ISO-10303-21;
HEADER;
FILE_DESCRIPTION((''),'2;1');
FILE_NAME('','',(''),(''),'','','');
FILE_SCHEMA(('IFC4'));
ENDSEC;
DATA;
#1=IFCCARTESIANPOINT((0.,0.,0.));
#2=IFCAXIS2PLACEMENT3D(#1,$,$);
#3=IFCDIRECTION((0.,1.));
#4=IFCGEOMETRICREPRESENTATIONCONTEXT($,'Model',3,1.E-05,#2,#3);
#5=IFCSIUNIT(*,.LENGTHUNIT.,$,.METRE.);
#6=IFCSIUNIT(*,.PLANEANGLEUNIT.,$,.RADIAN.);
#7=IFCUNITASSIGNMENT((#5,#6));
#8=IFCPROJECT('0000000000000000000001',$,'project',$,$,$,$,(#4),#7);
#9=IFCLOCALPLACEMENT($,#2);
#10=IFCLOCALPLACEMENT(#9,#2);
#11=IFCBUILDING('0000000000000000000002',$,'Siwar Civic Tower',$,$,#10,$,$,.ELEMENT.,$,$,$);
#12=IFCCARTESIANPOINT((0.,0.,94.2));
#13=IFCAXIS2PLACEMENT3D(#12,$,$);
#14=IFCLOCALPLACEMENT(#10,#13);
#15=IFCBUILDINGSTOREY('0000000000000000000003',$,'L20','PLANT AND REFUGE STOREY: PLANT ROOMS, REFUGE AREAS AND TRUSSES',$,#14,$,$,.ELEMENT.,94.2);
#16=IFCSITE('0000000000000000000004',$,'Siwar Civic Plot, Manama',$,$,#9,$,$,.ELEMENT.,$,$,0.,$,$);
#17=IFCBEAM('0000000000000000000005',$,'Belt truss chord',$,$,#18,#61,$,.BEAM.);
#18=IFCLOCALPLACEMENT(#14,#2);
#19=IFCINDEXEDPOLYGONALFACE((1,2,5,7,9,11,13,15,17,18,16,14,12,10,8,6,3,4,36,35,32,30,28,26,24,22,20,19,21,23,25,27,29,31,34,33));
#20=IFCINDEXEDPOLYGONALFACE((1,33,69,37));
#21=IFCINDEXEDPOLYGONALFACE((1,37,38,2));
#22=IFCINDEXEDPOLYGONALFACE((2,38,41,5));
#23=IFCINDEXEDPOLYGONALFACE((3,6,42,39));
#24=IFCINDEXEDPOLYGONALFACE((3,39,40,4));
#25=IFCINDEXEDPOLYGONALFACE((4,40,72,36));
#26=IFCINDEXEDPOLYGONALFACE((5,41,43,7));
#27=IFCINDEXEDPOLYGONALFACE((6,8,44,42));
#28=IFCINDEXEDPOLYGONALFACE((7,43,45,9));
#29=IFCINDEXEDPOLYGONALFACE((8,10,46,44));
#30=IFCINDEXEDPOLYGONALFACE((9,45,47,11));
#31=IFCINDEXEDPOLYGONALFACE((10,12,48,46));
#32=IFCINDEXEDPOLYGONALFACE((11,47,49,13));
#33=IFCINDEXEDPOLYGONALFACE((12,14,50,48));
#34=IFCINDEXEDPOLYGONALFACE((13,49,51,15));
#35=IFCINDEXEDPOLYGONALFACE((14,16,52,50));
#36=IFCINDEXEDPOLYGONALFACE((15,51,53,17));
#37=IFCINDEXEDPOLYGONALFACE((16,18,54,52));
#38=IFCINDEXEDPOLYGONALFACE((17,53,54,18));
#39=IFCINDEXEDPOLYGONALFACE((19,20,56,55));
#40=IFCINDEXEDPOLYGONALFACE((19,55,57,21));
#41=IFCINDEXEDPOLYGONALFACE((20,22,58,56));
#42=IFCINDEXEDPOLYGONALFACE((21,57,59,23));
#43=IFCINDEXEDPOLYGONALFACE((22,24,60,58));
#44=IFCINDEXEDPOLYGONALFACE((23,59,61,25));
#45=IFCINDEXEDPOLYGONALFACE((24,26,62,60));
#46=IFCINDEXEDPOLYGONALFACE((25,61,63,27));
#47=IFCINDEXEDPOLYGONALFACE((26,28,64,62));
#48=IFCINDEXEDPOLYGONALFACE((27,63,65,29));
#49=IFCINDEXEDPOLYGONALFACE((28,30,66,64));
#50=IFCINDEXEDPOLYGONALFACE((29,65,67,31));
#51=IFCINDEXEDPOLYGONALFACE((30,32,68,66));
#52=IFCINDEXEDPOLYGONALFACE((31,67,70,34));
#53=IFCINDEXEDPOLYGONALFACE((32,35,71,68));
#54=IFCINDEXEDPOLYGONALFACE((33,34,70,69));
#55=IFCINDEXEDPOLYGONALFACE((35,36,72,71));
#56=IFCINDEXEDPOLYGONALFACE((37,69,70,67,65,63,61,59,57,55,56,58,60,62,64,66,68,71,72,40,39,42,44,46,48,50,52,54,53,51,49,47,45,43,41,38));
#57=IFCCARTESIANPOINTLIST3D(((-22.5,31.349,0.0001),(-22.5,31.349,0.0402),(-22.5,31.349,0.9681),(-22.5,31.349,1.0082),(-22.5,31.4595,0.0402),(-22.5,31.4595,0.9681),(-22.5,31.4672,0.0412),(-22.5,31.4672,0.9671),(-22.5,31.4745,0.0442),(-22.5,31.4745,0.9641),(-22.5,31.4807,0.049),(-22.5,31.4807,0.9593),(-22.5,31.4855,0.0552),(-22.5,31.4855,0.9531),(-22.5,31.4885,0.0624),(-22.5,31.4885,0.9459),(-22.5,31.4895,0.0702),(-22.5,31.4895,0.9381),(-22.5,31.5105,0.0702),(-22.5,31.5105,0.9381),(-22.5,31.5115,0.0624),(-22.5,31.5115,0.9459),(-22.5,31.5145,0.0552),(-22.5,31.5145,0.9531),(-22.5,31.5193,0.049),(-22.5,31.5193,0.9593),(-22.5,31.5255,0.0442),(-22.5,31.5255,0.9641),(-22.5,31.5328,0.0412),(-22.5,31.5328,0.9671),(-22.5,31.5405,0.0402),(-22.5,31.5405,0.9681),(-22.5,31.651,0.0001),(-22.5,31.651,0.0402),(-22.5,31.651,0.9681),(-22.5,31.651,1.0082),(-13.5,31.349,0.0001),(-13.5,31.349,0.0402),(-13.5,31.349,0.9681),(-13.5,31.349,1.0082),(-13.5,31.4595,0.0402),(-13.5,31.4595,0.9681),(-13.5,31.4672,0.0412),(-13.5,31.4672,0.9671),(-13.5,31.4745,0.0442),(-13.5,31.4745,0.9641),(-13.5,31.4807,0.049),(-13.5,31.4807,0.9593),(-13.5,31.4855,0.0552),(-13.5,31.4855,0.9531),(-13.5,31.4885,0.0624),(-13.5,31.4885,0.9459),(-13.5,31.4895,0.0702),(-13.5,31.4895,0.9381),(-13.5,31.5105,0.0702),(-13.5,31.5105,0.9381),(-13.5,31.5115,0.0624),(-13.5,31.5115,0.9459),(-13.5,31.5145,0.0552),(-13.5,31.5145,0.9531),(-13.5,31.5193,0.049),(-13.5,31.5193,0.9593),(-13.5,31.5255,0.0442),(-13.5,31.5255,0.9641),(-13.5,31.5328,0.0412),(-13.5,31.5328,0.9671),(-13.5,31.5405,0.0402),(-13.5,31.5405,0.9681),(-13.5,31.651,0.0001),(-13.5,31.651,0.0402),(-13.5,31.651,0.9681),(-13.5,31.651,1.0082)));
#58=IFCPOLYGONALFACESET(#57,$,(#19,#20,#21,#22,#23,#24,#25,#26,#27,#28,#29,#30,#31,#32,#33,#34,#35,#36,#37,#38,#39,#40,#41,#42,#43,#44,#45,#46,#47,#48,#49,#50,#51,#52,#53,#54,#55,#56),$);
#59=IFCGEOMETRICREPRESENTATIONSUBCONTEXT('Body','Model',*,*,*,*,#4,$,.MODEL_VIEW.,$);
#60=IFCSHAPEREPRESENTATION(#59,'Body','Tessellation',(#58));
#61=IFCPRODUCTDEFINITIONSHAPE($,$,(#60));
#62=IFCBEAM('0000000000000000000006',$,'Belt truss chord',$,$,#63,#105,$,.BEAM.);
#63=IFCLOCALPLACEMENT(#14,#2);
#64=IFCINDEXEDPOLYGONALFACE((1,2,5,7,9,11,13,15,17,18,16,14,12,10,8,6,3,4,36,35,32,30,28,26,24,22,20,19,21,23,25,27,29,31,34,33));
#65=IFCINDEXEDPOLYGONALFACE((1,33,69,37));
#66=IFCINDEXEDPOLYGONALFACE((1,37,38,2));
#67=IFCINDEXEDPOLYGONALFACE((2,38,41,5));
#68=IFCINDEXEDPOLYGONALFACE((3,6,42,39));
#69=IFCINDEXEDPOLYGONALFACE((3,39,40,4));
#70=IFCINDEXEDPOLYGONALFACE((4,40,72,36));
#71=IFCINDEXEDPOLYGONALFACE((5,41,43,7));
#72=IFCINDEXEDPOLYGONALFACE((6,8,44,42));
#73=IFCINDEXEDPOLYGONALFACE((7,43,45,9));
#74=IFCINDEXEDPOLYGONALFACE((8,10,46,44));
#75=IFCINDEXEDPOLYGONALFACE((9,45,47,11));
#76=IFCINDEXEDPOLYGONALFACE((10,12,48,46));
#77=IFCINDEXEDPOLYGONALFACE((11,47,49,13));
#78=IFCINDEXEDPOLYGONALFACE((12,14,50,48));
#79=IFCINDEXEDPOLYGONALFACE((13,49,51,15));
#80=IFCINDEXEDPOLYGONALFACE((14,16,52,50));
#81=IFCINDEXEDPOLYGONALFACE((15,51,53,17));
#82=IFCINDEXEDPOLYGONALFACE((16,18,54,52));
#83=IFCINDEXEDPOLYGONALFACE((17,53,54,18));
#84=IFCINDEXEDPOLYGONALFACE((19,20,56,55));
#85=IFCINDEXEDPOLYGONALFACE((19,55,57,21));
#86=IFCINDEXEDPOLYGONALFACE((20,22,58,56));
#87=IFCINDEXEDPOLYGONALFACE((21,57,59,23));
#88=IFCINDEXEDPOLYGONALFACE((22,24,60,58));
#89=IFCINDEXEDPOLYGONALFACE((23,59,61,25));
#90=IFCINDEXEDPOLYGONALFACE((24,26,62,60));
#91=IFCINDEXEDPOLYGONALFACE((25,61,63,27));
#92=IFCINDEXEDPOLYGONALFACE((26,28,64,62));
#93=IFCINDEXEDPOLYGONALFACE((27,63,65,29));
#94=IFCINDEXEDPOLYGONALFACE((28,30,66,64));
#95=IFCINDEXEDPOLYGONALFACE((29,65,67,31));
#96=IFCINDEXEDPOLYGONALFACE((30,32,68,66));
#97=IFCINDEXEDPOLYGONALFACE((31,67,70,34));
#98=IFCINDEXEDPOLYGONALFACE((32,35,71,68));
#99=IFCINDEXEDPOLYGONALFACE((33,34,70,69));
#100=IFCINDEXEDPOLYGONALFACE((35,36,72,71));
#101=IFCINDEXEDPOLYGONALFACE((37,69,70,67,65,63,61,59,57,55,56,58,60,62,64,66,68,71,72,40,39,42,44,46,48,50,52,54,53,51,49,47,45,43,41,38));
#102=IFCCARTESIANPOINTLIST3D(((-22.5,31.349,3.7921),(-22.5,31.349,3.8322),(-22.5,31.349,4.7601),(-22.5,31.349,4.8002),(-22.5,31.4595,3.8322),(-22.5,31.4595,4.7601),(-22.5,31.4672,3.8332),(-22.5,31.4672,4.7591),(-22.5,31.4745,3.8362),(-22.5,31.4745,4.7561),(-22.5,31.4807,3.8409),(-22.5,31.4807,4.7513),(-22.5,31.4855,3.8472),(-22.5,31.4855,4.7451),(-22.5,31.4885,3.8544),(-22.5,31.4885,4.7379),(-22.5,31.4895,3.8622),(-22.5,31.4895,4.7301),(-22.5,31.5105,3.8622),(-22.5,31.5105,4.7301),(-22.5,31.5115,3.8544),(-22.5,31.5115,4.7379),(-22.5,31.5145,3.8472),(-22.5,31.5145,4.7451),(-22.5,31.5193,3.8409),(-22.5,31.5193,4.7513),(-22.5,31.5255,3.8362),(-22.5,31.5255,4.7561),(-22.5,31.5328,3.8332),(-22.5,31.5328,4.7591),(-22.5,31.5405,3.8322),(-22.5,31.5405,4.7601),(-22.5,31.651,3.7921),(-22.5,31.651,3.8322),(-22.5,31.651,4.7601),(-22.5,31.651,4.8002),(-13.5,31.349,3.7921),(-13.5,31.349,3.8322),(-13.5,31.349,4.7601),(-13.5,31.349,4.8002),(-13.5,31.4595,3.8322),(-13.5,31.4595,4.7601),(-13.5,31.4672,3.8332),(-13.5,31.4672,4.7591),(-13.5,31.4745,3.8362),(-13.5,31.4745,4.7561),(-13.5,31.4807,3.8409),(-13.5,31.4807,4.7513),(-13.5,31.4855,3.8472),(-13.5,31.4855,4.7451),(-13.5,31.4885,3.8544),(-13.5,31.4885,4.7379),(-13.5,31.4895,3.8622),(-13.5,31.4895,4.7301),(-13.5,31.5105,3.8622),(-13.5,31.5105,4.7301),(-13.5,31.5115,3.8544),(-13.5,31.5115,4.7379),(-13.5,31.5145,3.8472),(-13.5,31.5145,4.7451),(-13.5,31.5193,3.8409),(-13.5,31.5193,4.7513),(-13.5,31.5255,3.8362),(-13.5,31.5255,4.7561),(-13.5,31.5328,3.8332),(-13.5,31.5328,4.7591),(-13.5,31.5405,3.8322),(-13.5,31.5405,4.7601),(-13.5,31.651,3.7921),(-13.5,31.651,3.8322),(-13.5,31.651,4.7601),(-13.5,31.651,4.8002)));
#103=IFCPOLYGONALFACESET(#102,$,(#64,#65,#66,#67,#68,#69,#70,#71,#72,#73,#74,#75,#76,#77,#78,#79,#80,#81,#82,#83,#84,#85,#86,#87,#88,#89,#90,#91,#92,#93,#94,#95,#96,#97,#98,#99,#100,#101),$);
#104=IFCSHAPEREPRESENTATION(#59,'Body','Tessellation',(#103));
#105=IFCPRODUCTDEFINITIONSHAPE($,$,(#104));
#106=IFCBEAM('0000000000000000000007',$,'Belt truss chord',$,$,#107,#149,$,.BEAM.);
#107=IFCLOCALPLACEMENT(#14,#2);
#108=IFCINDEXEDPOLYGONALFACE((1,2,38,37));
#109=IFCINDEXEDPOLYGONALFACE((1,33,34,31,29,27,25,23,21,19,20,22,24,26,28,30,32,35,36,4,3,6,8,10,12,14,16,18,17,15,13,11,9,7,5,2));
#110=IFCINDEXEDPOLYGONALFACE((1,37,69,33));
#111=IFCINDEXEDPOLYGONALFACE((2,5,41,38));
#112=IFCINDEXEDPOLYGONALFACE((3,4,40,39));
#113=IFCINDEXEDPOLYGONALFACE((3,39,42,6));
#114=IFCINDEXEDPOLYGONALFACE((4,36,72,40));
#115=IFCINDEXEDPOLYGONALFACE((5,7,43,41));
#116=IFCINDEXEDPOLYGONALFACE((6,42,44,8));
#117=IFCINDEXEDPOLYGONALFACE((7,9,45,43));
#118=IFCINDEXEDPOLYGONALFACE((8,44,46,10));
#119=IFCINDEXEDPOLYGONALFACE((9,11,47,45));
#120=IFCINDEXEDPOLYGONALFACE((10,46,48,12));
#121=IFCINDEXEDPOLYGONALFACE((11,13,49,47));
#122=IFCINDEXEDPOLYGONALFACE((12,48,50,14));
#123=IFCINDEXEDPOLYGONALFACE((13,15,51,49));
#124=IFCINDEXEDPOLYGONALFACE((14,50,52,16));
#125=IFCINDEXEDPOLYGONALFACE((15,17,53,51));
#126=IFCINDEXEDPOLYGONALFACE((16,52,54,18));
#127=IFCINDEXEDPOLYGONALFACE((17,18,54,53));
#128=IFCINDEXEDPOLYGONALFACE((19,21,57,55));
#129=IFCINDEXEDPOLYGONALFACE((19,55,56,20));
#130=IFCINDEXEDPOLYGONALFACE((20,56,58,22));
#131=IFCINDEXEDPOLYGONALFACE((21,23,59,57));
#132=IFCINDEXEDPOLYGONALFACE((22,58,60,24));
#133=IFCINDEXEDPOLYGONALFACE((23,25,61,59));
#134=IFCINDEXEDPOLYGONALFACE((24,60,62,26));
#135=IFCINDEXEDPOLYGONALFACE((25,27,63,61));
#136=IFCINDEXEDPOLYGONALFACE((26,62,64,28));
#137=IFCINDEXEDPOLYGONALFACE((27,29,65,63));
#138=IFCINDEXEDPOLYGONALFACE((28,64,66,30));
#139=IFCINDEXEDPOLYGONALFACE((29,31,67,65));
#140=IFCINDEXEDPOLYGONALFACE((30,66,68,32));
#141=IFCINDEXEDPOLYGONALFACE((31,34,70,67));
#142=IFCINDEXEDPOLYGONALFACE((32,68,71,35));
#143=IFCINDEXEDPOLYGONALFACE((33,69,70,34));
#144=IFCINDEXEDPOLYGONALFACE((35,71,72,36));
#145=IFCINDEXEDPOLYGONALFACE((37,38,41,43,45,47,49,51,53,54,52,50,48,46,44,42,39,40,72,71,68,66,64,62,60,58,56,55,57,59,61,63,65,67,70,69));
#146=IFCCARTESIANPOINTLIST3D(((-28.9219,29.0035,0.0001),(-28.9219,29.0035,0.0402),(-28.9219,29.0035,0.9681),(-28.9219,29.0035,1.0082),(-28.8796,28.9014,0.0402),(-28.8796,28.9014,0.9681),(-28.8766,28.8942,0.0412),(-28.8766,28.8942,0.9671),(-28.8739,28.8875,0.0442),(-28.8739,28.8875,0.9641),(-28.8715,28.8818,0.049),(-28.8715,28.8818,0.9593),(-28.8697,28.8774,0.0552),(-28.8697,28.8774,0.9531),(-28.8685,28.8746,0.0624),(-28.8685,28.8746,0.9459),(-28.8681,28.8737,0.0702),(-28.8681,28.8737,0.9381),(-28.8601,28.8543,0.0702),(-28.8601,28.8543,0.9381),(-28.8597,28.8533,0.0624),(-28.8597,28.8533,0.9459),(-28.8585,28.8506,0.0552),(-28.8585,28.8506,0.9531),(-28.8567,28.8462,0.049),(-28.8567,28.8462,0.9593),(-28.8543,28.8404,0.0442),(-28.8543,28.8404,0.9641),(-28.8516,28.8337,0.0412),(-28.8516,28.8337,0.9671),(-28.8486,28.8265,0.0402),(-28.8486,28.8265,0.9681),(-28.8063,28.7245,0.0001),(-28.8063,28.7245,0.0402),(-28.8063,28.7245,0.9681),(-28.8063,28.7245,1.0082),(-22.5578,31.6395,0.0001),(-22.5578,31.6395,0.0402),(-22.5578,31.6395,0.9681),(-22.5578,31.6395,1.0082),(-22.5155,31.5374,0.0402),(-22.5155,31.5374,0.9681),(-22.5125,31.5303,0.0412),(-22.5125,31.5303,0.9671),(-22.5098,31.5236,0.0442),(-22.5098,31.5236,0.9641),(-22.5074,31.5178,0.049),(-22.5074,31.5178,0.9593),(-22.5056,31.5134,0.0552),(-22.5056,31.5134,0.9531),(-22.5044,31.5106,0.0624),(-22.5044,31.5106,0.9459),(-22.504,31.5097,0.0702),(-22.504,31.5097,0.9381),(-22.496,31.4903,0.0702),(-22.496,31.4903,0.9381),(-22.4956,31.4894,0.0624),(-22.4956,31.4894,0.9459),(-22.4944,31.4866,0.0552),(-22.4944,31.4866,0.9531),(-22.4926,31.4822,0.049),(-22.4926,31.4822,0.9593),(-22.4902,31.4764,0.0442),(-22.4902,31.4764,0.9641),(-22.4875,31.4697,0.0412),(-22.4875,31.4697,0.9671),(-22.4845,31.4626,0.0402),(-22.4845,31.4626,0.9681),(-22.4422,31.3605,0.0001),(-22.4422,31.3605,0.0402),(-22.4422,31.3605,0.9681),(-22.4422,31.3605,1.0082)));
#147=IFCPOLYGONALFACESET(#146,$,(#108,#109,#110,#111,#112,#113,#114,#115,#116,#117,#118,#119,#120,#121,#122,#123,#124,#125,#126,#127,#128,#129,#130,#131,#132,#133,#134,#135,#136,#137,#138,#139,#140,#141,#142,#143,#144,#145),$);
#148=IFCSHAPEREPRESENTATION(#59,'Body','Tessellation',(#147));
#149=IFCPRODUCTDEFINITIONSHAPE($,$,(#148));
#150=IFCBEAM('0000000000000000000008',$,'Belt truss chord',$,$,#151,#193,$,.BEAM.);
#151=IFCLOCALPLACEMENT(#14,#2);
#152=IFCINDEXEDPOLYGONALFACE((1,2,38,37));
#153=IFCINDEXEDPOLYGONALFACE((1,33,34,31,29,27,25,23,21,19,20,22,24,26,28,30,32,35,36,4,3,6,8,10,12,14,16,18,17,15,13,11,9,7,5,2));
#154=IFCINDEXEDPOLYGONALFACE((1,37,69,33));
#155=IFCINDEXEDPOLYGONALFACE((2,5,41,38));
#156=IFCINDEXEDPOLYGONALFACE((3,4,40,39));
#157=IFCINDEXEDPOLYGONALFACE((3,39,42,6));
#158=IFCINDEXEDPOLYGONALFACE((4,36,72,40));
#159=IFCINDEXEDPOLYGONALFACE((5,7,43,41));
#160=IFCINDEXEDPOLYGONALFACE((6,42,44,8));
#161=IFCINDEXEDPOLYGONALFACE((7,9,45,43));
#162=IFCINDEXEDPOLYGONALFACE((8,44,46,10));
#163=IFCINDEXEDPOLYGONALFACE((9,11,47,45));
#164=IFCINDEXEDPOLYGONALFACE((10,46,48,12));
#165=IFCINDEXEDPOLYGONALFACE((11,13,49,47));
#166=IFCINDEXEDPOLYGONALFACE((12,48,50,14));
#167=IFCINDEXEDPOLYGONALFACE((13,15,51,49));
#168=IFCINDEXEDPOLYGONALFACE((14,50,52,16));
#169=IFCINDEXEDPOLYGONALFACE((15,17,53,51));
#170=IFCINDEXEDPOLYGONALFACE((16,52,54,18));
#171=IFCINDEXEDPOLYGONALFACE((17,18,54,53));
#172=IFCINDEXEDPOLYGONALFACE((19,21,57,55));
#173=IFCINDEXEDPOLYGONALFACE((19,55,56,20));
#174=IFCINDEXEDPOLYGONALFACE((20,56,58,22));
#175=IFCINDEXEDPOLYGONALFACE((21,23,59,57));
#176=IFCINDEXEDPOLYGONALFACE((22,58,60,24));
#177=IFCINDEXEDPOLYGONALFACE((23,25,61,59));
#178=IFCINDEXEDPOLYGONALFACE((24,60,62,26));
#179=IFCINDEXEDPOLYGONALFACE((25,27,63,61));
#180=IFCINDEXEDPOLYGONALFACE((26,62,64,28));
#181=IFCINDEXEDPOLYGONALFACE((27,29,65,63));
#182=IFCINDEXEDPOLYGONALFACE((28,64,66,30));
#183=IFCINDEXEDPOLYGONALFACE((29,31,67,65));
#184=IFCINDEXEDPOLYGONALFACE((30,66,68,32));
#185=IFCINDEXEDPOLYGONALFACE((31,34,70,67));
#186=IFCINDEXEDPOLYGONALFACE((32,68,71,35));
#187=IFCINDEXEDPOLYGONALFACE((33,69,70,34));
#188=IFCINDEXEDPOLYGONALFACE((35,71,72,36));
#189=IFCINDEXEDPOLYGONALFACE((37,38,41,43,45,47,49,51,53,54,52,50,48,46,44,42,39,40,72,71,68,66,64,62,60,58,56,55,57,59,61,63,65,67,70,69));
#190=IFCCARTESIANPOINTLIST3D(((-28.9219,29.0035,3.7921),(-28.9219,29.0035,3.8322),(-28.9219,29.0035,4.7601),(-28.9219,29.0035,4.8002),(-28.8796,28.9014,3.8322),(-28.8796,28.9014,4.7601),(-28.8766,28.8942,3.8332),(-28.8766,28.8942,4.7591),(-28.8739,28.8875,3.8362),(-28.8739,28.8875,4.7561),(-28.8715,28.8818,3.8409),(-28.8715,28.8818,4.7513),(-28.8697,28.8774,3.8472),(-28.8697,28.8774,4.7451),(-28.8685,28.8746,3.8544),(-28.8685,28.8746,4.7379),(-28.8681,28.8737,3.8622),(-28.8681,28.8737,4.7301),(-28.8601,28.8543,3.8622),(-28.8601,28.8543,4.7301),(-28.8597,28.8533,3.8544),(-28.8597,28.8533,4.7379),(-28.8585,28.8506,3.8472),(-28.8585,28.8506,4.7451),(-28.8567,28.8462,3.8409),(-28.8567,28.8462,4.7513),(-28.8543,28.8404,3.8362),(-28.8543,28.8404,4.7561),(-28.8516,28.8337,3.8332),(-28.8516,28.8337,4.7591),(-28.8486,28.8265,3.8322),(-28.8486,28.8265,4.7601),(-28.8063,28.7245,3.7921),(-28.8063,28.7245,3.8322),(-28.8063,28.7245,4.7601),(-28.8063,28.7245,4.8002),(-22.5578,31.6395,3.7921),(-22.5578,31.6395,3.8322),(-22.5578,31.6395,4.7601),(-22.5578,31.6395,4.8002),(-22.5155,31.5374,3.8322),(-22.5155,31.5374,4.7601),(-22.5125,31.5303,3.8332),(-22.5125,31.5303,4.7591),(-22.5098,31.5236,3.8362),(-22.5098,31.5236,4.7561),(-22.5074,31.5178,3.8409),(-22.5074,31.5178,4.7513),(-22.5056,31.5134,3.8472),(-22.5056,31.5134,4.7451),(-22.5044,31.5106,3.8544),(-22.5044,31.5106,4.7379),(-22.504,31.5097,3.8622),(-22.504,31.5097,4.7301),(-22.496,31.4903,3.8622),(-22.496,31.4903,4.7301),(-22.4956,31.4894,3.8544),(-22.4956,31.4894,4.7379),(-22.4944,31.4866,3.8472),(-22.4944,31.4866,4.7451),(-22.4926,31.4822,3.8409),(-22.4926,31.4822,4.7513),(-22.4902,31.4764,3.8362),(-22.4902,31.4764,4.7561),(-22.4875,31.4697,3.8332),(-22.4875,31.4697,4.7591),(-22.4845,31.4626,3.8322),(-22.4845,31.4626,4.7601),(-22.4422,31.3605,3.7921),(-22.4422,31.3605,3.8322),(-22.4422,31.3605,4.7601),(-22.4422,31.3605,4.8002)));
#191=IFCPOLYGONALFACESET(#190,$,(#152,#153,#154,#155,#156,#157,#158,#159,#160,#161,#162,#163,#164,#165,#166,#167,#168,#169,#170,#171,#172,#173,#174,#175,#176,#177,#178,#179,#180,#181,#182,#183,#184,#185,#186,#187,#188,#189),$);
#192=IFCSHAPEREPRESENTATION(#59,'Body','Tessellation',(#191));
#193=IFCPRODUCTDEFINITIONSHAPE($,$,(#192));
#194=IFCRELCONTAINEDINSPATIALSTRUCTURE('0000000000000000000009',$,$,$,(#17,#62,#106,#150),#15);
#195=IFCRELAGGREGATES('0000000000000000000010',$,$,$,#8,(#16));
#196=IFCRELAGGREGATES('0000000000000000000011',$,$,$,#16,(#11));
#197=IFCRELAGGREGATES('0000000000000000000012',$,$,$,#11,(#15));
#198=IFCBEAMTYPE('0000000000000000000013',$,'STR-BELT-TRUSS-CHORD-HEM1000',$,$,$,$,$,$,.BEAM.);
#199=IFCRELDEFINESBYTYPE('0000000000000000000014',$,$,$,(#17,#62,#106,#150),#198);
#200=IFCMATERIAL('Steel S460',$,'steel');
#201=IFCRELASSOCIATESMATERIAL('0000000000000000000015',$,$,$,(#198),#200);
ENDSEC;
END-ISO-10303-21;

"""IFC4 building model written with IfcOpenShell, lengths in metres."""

from ifc_helpers import new_model, si_unit, direction, frame, origin, origin_2d, place, context, subcontext, project, spatial, i_section, extrude, material, material_profile, profile_set, type_object, element, save


model = new_model("IFC4")

# Units and contexts
model_context = context("Model", 3, precision=1e-05, world=origin(), true_north=direction((0.0, 1.0)))
body_context = subcontext(model_context, "Body", "Model", "MODEL_VIEW")
ifc_project = project(units=[si_unit("LENGTHUNIT", "METRE"), si_unit("PLANEANGLEUNIT", "RADIAN")], contexts=[model_context])

# Site, building, storey
site_placement = place(None, origin())
site = spatial("IfcSite", under=ifc_project, at=site_placement, Name="Siwar Civic Plot, Manama", CompositionType="ELEMENT", RefElevation=0.0)
building_placement = place(site_placement, origin())
building = spatial("IfcBuilding", under=site, at=building_placement, Name="Siwar Civic Tower", CompositionType="ELEMENT")
storey_placement = place(building_placement, frame((0.0, 0.0, 94.2)))
storey = spatial("IfcBuildingStorey", under=building, at=storey_placement, Name="L20", Description="PLANT AND REFUGE STOREY: PLANT ROOMS, REFUGE AREAS AND TRUSSES", CompositionType="ELEMENT", Elevation=94.2)

# Beams
ifc_material_1 = material(Name="Steel S460", Category="steel")
ifc_material_profile_1 = material_profile(ifc_material_1, i_section(OverallWidth=0.302, OverallDepth=1.0081, WebThickness=0.021, FlangeThickness=0.04, FilletRadius=0.03, at=origin_2d()), Name="HEM1000")
ifc_profile_set_1 = profile_set([ifc_material_profile_1], Name="Steel S460")
beam_type_1 = type_object("IfcBeamType", Name="STR-BELT-TRUSS-CHORD-HEM1000", PredefinedType="BEAM", material=ifc_profile_set_1)
for number, where, z_axis, x_axis, name in (
    (1, (-13.5, 31.5, 0.5042), (-1.0, 0.0, 0.0), (0.0, -1.0, 0.0), "Belt truss chord"),
    (2, (-13.5, 31.5, 4.2961), (-1.0, 0.0, 0.0), (0.0, -1.0, 0.0), "Belt truss chord"),
):
    element("IfcBeam", number, at=place(storey_placement, frame(where, z_axis=z_axis, x_axis=x_axis)), inside=storey, type_object=beam_type_1, Name=name, PredefinedType="BEAM", context=body_context, shape_type="SweptSolid", body=[
        extrude(i_section(OverallWidth=0.302, OverallDepth=1.0081, WebThickness=0.021, FlangeThickness=0.04, FilletRadius=0.03, at=origin_2d()), origin(), (0.0, 0.0, 1.0), 9.0),
    ])
for number, where, z_axis, x_axis, name in (
    (3, (-22.5, 31.5, 0.5042), (-0.923883, -0.382674, 0.0), (0.382674, -0.923883, 0.0), "Belt truss chord"),
    (4, (-22.5, 31.5, 4.2961), (-0.923883, -0.382674, 0.0), (0.382674, -0.923883, 0.0), "Belt truss chord"),
):
    element("IfcBeam", number, at=place(storey_placement, frame(where, z_axis=z_axis, x_axis=x_axis)), inside=storey, type_object=beam_type_1, Name=name, PredefinedType="BEAM", context=body_context, shape_type="SweptSolid", body=[
        extrude(i_section(OverallWidth=0.302, OverallDepth=1.0081, WebThickness=0.021, FlangeThickness=0.04, FilletRadius=0.03, at=origin_2d()), origin(), (0.0, 0.0, 1.0), 6.8884),
    ])

save(model, "model.ifc")
